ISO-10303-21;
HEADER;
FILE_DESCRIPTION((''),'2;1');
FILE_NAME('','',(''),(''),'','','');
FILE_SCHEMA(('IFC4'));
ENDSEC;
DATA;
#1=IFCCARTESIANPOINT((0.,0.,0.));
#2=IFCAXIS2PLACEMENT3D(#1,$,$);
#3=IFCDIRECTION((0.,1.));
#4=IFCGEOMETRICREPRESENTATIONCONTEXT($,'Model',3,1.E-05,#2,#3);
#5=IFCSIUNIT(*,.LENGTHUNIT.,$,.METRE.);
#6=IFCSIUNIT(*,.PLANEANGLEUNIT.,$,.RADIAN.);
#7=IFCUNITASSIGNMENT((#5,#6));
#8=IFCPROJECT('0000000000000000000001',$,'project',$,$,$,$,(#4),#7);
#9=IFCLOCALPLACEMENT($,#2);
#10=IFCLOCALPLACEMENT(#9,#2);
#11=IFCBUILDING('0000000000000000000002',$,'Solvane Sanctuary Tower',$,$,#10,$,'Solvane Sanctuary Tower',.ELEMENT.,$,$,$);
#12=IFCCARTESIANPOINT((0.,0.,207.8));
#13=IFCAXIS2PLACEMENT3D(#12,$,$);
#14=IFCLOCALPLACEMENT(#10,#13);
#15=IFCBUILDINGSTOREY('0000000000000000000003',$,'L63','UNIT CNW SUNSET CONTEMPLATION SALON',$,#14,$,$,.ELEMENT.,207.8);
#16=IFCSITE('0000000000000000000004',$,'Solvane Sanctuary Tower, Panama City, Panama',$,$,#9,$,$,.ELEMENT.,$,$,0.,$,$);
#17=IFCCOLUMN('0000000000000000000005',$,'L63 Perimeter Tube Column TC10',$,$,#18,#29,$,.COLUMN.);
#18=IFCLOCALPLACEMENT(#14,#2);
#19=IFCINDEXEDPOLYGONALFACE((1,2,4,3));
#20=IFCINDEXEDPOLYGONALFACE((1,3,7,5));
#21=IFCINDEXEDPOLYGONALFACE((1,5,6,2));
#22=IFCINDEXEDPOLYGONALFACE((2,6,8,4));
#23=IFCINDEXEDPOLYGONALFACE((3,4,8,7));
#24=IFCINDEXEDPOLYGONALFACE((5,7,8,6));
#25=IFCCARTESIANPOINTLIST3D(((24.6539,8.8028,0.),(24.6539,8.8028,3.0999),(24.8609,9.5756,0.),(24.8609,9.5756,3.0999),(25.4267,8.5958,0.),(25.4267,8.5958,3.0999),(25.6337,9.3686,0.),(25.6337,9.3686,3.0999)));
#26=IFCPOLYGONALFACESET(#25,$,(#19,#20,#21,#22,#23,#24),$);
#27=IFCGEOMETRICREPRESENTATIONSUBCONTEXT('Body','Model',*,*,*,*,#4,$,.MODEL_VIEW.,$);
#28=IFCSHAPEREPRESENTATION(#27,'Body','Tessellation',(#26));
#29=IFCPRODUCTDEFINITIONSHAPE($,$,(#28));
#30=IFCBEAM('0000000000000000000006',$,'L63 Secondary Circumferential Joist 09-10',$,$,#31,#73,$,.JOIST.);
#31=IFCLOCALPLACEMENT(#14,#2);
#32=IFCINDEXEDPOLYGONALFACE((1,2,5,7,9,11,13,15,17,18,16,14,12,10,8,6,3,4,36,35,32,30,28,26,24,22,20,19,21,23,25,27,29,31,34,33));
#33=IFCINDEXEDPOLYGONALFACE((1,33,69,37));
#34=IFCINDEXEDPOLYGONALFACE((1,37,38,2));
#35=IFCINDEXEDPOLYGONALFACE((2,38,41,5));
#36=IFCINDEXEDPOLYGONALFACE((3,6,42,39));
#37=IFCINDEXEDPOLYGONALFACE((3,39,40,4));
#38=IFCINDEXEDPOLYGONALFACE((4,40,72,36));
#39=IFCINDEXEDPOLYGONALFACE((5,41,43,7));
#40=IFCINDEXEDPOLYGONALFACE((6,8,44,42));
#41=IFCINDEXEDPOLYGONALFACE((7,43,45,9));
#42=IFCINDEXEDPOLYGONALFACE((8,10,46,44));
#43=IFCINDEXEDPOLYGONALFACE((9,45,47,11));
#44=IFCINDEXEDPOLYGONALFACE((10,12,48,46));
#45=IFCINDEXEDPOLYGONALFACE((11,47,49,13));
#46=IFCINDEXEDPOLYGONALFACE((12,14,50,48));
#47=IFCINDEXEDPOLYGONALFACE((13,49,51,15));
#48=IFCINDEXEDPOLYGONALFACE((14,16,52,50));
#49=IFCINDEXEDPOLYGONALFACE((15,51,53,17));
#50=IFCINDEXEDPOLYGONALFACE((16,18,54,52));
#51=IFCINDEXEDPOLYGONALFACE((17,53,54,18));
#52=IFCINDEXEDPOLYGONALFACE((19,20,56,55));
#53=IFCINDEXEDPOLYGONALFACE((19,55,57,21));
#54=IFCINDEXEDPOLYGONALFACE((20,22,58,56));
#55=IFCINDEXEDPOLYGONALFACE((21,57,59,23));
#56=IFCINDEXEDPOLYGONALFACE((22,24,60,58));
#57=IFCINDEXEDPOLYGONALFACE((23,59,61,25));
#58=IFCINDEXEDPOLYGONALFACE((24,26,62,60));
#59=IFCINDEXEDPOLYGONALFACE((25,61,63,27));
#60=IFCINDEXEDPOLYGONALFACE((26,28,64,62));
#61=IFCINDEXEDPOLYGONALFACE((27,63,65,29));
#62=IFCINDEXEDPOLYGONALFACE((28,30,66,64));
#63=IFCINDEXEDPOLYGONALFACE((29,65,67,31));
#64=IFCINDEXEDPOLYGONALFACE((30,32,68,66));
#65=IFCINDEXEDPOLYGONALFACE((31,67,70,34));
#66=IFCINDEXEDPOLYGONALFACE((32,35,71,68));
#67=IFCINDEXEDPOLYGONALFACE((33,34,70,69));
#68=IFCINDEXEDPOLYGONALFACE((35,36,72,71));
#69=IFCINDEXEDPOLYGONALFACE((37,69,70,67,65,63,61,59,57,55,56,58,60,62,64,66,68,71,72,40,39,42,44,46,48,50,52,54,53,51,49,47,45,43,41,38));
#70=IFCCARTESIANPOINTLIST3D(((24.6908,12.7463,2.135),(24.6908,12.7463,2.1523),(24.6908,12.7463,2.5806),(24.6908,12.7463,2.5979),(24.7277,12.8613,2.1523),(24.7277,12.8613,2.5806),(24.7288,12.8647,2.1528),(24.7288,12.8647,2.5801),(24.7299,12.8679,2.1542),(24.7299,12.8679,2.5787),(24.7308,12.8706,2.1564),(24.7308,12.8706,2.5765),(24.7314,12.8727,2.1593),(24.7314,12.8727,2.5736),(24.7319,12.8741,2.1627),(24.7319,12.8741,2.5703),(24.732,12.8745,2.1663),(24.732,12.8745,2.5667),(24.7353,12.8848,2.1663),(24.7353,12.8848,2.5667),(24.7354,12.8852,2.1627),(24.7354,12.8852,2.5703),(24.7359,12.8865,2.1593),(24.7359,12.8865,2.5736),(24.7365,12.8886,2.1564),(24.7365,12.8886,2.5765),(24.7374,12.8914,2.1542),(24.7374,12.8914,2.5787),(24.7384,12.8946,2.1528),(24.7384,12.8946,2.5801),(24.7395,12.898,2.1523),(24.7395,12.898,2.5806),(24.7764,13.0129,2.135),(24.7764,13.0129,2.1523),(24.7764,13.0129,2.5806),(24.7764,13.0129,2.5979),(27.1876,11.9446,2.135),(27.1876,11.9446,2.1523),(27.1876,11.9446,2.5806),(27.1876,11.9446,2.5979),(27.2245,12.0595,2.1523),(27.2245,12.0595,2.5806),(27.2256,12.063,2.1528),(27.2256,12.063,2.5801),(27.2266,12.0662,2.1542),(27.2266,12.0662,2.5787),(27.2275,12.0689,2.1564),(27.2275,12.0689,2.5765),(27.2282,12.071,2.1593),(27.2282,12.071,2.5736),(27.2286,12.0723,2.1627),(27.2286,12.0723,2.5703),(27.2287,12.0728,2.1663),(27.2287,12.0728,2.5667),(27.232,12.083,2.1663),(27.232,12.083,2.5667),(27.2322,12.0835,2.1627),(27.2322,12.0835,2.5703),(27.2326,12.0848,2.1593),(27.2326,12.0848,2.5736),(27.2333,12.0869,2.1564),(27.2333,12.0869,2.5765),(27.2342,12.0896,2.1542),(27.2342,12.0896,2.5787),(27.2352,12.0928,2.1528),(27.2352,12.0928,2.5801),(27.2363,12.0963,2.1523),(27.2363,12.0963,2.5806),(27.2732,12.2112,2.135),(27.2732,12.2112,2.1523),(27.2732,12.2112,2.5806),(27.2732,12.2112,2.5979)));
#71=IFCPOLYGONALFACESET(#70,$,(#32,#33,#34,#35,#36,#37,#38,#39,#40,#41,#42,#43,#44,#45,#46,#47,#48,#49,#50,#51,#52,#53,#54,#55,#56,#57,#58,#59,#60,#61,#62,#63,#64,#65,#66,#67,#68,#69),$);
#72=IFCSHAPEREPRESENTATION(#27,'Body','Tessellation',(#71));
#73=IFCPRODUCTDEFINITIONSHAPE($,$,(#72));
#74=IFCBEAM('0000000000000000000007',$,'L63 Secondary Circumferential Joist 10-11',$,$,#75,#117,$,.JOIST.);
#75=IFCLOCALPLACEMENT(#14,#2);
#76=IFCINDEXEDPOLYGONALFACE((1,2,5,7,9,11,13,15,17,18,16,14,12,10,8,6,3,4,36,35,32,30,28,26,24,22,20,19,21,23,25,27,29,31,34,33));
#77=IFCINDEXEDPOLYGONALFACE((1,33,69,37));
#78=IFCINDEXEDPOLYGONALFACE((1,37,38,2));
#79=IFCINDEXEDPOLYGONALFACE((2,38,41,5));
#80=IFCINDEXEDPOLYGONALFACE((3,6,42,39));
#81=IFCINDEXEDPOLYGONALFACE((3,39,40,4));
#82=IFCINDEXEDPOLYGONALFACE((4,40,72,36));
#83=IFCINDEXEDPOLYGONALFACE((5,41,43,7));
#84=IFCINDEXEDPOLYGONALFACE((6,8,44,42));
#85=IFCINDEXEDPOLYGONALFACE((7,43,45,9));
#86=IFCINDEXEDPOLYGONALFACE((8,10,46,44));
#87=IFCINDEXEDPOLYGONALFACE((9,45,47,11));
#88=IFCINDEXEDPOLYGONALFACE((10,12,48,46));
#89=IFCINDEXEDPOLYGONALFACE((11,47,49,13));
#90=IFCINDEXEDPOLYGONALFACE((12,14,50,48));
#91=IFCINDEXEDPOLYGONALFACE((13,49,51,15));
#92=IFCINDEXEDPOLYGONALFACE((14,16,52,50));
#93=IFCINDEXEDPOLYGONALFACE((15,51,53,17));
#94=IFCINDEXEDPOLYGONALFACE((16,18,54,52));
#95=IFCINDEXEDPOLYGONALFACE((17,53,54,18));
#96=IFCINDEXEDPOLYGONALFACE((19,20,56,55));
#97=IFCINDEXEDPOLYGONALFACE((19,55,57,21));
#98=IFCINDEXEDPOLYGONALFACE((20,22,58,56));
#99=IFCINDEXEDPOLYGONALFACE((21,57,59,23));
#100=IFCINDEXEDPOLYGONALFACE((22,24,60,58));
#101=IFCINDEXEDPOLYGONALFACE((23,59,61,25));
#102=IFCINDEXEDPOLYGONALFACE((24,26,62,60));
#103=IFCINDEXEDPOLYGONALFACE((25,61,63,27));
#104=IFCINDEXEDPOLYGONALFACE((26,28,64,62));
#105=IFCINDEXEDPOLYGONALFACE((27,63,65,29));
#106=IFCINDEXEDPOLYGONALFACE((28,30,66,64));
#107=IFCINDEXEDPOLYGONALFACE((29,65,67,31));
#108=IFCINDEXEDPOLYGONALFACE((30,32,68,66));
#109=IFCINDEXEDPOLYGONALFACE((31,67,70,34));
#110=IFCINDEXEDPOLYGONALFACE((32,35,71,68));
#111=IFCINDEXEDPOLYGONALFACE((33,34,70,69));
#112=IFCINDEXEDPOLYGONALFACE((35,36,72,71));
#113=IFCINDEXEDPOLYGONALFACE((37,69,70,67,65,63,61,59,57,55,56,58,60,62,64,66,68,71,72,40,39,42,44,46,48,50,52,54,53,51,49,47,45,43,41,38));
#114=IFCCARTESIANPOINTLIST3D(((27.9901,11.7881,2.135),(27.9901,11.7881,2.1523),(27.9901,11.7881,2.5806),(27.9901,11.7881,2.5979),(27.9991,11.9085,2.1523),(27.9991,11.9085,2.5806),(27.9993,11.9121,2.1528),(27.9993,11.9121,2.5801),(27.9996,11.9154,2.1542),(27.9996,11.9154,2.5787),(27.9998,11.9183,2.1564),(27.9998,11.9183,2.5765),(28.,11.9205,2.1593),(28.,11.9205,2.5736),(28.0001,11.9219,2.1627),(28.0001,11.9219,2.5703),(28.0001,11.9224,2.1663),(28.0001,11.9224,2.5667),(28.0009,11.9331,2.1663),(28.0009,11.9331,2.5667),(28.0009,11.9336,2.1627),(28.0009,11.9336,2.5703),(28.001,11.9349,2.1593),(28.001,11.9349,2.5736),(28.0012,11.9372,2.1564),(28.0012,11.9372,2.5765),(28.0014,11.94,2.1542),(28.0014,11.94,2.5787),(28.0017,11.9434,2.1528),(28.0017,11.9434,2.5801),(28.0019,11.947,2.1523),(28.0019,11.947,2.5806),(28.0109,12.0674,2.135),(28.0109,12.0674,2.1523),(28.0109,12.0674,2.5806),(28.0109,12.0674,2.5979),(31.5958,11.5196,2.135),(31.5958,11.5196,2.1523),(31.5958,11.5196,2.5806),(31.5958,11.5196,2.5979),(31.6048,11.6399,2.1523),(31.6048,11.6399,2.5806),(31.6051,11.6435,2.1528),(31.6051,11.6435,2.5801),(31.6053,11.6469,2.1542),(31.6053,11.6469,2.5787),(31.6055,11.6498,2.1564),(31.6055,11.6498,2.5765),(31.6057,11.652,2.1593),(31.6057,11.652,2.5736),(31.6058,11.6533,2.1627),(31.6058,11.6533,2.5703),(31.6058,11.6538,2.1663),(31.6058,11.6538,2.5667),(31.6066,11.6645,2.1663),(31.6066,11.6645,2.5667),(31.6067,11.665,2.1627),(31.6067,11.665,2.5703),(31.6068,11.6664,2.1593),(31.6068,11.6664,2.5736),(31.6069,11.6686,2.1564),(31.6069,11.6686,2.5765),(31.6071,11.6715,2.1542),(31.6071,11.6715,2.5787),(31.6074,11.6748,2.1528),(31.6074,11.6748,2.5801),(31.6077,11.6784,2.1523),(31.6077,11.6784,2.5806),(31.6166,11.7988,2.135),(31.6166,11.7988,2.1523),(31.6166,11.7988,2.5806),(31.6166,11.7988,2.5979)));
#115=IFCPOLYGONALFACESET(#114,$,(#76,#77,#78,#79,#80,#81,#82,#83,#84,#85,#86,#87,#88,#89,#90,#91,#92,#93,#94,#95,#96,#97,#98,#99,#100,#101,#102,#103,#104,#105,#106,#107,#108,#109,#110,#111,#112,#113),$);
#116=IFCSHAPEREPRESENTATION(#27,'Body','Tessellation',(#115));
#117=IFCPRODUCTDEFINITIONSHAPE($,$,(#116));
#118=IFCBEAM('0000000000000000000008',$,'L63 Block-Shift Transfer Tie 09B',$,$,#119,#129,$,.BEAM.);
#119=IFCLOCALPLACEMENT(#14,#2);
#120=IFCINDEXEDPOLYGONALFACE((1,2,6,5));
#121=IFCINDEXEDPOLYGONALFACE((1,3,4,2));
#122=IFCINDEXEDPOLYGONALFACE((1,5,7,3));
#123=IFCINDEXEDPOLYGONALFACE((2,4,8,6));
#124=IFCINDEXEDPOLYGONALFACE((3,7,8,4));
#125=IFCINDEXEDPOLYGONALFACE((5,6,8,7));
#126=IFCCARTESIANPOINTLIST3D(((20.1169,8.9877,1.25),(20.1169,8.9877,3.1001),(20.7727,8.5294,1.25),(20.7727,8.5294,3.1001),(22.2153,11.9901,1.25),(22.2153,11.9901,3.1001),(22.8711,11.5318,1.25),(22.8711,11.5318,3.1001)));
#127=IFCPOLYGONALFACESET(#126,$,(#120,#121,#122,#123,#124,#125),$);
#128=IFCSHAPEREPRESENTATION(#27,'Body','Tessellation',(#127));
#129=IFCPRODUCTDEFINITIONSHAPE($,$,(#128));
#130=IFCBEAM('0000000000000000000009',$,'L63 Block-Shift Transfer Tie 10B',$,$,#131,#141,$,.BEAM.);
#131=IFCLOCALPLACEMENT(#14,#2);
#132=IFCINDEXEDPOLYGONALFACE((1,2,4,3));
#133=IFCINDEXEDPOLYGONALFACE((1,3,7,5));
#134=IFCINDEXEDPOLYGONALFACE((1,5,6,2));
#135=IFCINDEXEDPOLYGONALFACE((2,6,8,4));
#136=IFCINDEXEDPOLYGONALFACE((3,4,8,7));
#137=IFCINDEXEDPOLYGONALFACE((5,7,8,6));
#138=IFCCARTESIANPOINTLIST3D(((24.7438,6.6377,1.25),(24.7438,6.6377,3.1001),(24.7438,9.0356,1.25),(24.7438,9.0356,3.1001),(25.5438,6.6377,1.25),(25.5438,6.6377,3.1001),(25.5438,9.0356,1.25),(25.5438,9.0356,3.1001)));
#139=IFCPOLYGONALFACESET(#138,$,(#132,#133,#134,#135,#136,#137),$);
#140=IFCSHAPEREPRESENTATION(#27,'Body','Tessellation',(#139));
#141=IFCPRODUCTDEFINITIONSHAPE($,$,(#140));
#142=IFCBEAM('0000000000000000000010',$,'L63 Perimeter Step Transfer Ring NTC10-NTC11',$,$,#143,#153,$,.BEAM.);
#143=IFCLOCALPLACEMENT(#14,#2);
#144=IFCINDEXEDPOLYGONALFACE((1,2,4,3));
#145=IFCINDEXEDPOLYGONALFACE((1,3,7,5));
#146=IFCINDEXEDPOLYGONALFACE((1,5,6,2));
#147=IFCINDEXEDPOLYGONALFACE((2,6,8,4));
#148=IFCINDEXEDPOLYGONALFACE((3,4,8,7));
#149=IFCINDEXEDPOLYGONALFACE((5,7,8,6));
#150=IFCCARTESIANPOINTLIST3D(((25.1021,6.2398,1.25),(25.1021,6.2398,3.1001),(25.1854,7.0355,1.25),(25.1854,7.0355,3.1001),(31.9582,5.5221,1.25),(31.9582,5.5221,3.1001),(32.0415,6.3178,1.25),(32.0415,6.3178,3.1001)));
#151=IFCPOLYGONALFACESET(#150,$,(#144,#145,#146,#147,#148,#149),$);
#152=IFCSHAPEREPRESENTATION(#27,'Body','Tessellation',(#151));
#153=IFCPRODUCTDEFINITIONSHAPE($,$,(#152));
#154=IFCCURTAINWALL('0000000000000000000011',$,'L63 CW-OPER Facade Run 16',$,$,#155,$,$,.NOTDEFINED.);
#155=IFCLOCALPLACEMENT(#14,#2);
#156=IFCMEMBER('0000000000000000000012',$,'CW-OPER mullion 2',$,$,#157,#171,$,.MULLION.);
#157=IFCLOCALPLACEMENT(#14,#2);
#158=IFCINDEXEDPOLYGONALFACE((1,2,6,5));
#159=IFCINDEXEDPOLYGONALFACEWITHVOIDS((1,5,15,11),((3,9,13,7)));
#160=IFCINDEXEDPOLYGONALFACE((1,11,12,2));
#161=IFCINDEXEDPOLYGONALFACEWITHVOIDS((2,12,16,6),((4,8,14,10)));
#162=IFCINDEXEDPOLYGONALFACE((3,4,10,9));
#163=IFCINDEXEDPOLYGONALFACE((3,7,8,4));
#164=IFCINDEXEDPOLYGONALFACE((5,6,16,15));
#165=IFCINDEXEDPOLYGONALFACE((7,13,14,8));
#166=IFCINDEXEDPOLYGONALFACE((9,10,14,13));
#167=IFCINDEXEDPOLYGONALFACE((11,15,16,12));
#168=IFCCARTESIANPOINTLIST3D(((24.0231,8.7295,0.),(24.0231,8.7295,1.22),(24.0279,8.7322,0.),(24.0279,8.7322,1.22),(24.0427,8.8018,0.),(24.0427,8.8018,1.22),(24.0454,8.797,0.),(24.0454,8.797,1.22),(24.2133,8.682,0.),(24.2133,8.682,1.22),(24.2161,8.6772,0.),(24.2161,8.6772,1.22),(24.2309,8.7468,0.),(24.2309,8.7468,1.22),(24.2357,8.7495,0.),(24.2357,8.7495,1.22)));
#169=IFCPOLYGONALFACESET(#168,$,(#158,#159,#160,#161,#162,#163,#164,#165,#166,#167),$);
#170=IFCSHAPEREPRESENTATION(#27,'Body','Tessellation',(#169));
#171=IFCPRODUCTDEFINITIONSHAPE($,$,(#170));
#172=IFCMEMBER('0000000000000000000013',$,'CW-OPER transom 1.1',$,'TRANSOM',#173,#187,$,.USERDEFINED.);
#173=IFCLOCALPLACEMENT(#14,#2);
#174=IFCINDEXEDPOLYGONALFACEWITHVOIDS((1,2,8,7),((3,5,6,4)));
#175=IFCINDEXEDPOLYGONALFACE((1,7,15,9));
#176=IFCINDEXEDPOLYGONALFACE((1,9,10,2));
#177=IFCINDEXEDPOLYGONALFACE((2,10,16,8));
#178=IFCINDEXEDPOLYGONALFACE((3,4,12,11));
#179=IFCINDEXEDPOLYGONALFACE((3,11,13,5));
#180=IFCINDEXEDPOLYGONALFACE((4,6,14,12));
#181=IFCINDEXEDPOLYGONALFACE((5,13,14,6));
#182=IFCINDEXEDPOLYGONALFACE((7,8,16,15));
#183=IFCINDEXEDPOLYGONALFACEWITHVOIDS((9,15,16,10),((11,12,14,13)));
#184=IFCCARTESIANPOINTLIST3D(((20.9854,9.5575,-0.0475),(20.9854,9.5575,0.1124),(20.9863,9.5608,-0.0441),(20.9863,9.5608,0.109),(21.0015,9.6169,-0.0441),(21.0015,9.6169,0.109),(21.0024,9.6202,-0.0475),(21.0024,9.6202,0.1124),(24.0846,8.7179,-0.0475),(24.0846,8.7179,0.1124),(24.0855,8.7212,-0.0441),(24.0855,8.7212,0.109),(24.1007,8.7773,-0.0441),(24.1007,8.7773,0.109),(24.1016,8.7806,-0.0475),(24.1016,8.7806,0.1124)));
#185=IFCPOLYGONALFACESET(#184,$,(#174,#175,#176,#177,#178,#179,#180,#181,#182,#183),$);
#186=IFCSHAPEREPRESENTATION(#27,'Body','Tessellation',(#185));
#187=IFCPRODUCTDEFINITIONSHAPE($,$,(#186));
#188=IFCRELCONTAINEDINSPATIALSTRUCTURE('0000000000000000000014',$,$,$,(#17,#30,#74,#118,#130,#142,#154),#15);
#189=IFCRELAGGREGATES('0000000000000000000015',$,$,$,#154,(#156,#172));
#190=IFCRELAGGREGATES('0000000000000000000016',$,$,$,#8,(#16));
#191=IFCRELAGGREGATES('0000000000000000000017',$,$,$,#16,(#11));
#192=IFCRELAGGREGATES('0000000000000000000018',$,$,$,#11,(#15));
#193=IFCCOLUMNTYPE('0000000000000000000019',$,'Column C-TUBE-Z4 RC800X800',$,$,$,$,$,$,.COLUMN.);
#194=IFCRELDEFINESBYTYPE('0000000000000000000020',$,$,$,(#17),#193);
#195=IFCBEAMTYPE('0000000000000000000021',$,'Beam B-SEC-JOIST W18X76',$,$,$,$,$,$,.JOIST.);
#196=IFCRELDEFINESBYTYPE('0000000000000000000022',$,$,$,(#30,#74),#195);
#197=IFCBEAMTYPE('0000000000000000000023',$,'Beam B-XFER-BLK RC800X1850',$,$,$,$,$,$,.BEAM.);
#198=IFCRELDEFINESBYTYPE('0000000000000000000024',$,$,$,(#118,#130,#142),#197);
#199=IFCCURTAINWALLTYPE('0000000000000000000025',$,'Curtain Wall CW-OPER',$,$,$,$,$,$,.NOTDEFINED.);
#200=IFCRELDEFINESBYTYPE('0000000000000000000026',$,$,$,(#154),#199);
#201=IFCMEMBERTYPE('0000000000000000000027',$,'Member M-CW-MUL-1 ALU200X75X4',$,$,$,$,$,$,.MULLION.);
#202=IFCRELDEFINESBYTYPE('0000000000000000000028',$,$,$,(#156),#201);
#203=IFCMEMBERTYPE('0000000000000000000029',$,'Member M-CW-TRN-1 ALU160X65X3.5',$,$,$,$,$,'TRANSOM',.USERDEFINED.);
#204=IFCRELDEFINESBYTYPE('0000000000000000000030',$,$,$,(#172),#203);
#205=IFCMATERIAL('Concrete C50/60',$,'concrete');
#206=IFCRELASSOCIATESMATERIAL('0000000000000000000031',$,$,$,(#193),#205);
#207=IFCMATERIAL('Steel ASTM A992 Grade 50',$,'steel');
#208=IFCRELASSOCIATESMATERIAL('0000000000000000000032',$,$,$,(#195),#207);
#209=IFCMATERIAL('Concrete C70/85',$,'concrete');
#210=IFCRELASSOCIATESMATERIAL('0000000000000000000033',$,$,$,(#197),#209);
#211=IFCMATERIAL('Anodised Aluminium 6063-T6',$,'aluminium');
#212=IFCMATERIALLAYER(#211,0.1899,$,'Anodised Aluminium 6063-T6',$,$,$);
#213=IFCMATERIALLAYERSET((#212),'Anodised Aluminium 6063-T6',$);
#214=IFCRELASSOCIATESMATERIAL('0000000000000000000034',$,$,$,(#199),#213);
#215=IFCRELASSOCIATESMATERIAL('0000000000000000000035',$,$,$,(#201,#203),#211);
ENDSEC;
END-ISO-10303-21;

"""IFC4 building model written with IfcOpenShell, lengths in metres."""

from ifc_helpers import new_model, si_unit, direction, frame, origin, origin_2d, place, context, subcontext, project, spatial, rectangle, hollow_rectangle, i_section, extrude, material, layer, layer_set, material_profile, profile_set, type_object, element, aggregate, save


model = new_model("IFC4")

# Units and contexts
model_context = context("Model", 3, precision=1e-05, world=origin(), true_north=direction((0.0, 1.0)))
body_context = subcontext(model_context, "Body", "Model", "MODEL_VIEW")
ifc_project = project(units=[si_unit("LENGTHUNIT", "METRE"), si_unit("PLANEANGLEUNIT", "RADIAN")], contexts=[model_context])

# Site, building, storey
site_placement = place(None, origin())
site = spatial("IfcSite", under=ifc_project, at=site_placement, Name="Solvane Sanctuary Tower, Panama City, Panama", CompositionType="ELEMENT", RefElevation=0.0)
building_placement = place(site_placement, origin())
building = spatial("IfcBuilding", under=site, at=building_placement, Name="Solvane Sanctuary Tower", LongName="Solvane Sanctuary Tower", CompositionType="ELEMENT")
storey_placement = place(building_placement, frame((0.0, 0.0, 207.8)))
storey = spatial("IfcBuildingStorey", under=building, at=storey_placement, Name="L63", Description="UNIT CNW SUNSET CONTEMPLATION SALON", CompositionType="ELEMENT", Elevation=207.8)

# Column
ifc_material_1 = material(Name="Concrete C50/60", Category="concrete")
ifc_material_profile_1 = material_profile(ifc_material_1, rectangle(XDim=0.8, YDim=0.8, at=origin_2d()), Name="RC800X800")
ifc_profile_set_1 = profile_set([ifc_material_profile_1], Name="Concrete C50/60")
column_type = type_object("IfcColumnType", Name="Column C-TUBE-Z4 RC800X800", PredefinedType="COLUMN", material=ifc_profile_set_1)
column_placement = place(storey_placement, frame((25.1438, 9.0857, 0.0), z_axis=(0.0, 0.0, 1.0), x_axis=(-0.258819, -0.965926, 0.0)))
element("IfcColumn", 1, at=column_placement, inside=storey, type_object=column_type, Name="L63 Perimeter Tube Column TC10", PredefinedType="COLUMN", context=body_context, shape_type="SweptSolid", body=[
    extrude(rectangle(XDim=0.8, YDim=0.8, at=origin_2d()), origin(), (0.0, 0.0, 1.0), 3.0999),
])

# Beams
ifc_material_2 = material(Name="Steel ASTM A992 Grade 50", Category="steel")
ifc_material_profile_2 = material_profile(ifc_material_2, i_section(OverallWidth=0.28, OverallDepth=0.4629, WebThickness=0.0107, FlangeThickness=0.0173, FilletRadius=0.0139, at=origin_2d()), Name="W18X76")
ifc_profile_set_2 = profile_set([ifc_material_profile_2], Name="Steel ASTM A992 Grade 50")
beam_type_1 = type_object("IfcBeamType", Name="Beam B-SEC-JOIST W18X76", PredefinedType="JOIST", material=ifc_profile_set_2)
beam_1_placement = place(storey_placement, frame((24.7336, 12.8796, 2.3665), z_axis=(0.952117, -0.305735, 0.0), x_axis=(0.305735, 0.952117, 0.0)))
element("IfcBeam", 2, at=beam_1_placement, inside=storey, type_object=beam_type_1, Name="L63 Secondary Circumferential Joist 09-10", PredefinedType="JOIST", context=body_context, shape_type="SweptSolid", body=[
    extrude(i_section(OverallWidth=0.28, OverallDepth=0.4629, WebThickness=0.0107, FlangeThickness=0.0173, FilletRadius=0.0139, at=origin_2d()), origin(), (0.0, 0.0, 1.0), 2.6223),
])
beam_2_placement = place(storey_placement, frame((28.0005, 11.9277, 2.3665), z_axis=(0.997238, -0.074275, 0.0), x_axis=(0.074275, 0.997238, 0.0)))
element("IfcBeam", 3, at=beam_2_placement, inside=storey, type_object=beam_type_1, Name="L63 Secondary Circumferential Joist 10-11", PredefinedType="JOIST", context=body_context, shape_type="SweptSolid", body=[
    extrude(i_section(OverallWidth=0.28, OverallDepth=0.4629, WebThickness=0.0107, FlangeThickness=0.0173, FilletRadius=0.0139, at=origin_2d()), origin(), (0.0, 0.0, 1.0), 3.6157),
])
ifc_material_3 = material(Name="Concrete C70/85", Category="concrete")
ifc_material_profile_3 = material_profile(ifc_material_3, rectangle(XDim=0.8, YDim=1.8501, at=origin_2d()), Name="RC800X1850")
ifc_profile_set_3 = profile_set([ifc_material_profile_3], Name="Concrete C70/85")
beam_type_2 = type_object("IfcBeamType", Name="Beam B-XFER-BLK RC800X1850", PredefinedType="BEAM", material=ifc_profile_set_3)
beam_3_placement = place(storey_placement, frame((22.5432, 11.761, 2.175), z_axis=(-0.572854, -0.819658, 0.0), x_axis=(0.819658, -0.572854, 0.0)))
element("IfcBeam", 4, at=beam_3_placement, inside=storey, type_object=beam_type_2, Name="L63 Block-Shift Transfer Tie 09B", PredefinedType="BEAM", context=body_context, shape_type="SweptSolid", body=[
    extrude(rectangle(XDim=0.8, YDim=1.8501, at=origin_2d()), origin(), (0.0, 0.0, 1.0), 3.6631),
])
beam_4_placement = place(storey_placement, frame((25.1438, 9.0356, 2.175), z_axis=(0.0, -1.0, 0.0), x_axis=(1.0, 0.0, 0.0)))
element("IfcBeam", 5, at=beam_4_placement, inside=storey, type_object=beam_type_2, Name="L63 Block-Shift Transfer Tie 10B", PredefinedType="BEAM", context=body_context, shape_type="SweptSolid", body=[
    extrude(rectangle(XDim=0.8, YDim=1.8501, at=origin_2d()), origin(), (0.0, 0.0, 1.0), 2.3979),
])
beam_5_placement = place(storey_placement, frame((25.1438, 6.6377, 2.175), z_axis=(0.994565, -0.104121, 0.0), x_axis=(0.104121, 0.994565, 0.0)))
element("IfcBeam", 6, at=beam_5_placement, inside=storey, type_object=beam_type_2, Name="L63 Perimeter Step Transfer Ring NTC10-NTC11", PredefinedType="BEAM", context=body_context, shape_type="SweptSolid", body=[
    extrude(rectangle(XDim=0.8, YDim=1.8501, at=origin_2d()), origin(), (0.0, 0.0, 1.0), 6.8936),
])

# Curtain wall, members
ifc_material_4 = material(Name="Anodised Aluminium 6063-T6", Category="aluminium")
ifc_layer_1 = layer(ifc_material_4, 0.1899, Name="Anodised Aluminium 6063-T6")
ifc_layer_set_1 = layer_set([ifc_layer_1], Name="Anodised Aluminium 6063-T6")
curtain_wall_type = type_object("IfcCurtainWallType", Name="Curtain Wall CW-OPER", PredefinedType="NOTDEFINED", material=ifc_layer_set_1)
curtain_wall_placement = place(storey_placement, origin())
curtain_wall = element("IfcCurtainWall", 7, at=curtain_wall_placement, inside=storey, type_object=curtain_wall_type, Name="L63 CW-OPER Facade Run 16", PredefinedType="NOTDEFINED")
ifc_material_profile_4 = material_profile(ifc_material_4, hollow_rectangle(XDim=0.075, YDim=0.2, WallThickness=0.0039, at=origin_2d()), Name="ALU200X75X4")
ifc_profile_set_4 = profile_set([ifc_material_profile_4], Name="Anodised Aluminium 6063-T6")
member_type_1 = type_object("IfcMemberType", Name="Member M-CW-MUL-1 ALU200X75X4", PredefinedType="MULLION", material=ifc_profile_set_4)
member_1_placement = place(storey_placement, frame((24.1294, 8.7395, 0.0), z_axis=(0.0, 0.0, 1.0), x_axis=(0.261468, 0.965212, 0.0)))
member_1 = element("IfcMember", 8, at=member_1_placement, type_object=member_type_1, Name="CW-OPER mullion 2", PredefinedType="MULLION", context=body_context, shape_type="SweptSolid", body=[
    extrude(hollow_rectangle(XDim=0.075, YDim=0.2, WallThickness=0.0039, at=origin_2d()), origin(), (0.0, 0.0, 1.0), 1.22),
])
ifc_material_profile_5 = material_profile(ifc_material_4, hollow_rectangle(XDim=0.0649, YDim=0.1599, WallThickness=0.0034, at=origin_2d()), Name="ALU160X65X3.5")
ifc_profile_set_5 = profile_set([ifc_material_profile_5], Name="Anodised Aluminium 6063-T6")
member_type_2 = type_object("IfcMemberType", Name="Member M-CW-TRN-1 ALU160X65X3.5", ElementType="TRANSOM", PredefinedType="USERDEFINED", material=ifc_profile_set_5)
member_2_placement = place(storey_placement, frame((20.9939, 9.5889, 0.0325), z_axis=(0.965206, -0.261489, 0.0), x_axis=(0.261489, 0.965206, 0.0)))
member_2 = element("IfcMember", 9, at=member_2_placement, type_object=member_type_2, Name="CW-OPER transom 1.1", ObjectType="TRANSOM", PredefinedType="USERDEFINED", context=body_context, shape_type="SweptSolid", body=[
    extrude(hollow_rectangle(XDim=0.0649, YDim=0.1599, WallThickness=0.0034, at=origin_2d()), origin(), (0.0, 0.0, 1.0), 3.2109),
])
aggregate(curtain_wall, [member_1, member_2])

save(model, "model.ifc")
